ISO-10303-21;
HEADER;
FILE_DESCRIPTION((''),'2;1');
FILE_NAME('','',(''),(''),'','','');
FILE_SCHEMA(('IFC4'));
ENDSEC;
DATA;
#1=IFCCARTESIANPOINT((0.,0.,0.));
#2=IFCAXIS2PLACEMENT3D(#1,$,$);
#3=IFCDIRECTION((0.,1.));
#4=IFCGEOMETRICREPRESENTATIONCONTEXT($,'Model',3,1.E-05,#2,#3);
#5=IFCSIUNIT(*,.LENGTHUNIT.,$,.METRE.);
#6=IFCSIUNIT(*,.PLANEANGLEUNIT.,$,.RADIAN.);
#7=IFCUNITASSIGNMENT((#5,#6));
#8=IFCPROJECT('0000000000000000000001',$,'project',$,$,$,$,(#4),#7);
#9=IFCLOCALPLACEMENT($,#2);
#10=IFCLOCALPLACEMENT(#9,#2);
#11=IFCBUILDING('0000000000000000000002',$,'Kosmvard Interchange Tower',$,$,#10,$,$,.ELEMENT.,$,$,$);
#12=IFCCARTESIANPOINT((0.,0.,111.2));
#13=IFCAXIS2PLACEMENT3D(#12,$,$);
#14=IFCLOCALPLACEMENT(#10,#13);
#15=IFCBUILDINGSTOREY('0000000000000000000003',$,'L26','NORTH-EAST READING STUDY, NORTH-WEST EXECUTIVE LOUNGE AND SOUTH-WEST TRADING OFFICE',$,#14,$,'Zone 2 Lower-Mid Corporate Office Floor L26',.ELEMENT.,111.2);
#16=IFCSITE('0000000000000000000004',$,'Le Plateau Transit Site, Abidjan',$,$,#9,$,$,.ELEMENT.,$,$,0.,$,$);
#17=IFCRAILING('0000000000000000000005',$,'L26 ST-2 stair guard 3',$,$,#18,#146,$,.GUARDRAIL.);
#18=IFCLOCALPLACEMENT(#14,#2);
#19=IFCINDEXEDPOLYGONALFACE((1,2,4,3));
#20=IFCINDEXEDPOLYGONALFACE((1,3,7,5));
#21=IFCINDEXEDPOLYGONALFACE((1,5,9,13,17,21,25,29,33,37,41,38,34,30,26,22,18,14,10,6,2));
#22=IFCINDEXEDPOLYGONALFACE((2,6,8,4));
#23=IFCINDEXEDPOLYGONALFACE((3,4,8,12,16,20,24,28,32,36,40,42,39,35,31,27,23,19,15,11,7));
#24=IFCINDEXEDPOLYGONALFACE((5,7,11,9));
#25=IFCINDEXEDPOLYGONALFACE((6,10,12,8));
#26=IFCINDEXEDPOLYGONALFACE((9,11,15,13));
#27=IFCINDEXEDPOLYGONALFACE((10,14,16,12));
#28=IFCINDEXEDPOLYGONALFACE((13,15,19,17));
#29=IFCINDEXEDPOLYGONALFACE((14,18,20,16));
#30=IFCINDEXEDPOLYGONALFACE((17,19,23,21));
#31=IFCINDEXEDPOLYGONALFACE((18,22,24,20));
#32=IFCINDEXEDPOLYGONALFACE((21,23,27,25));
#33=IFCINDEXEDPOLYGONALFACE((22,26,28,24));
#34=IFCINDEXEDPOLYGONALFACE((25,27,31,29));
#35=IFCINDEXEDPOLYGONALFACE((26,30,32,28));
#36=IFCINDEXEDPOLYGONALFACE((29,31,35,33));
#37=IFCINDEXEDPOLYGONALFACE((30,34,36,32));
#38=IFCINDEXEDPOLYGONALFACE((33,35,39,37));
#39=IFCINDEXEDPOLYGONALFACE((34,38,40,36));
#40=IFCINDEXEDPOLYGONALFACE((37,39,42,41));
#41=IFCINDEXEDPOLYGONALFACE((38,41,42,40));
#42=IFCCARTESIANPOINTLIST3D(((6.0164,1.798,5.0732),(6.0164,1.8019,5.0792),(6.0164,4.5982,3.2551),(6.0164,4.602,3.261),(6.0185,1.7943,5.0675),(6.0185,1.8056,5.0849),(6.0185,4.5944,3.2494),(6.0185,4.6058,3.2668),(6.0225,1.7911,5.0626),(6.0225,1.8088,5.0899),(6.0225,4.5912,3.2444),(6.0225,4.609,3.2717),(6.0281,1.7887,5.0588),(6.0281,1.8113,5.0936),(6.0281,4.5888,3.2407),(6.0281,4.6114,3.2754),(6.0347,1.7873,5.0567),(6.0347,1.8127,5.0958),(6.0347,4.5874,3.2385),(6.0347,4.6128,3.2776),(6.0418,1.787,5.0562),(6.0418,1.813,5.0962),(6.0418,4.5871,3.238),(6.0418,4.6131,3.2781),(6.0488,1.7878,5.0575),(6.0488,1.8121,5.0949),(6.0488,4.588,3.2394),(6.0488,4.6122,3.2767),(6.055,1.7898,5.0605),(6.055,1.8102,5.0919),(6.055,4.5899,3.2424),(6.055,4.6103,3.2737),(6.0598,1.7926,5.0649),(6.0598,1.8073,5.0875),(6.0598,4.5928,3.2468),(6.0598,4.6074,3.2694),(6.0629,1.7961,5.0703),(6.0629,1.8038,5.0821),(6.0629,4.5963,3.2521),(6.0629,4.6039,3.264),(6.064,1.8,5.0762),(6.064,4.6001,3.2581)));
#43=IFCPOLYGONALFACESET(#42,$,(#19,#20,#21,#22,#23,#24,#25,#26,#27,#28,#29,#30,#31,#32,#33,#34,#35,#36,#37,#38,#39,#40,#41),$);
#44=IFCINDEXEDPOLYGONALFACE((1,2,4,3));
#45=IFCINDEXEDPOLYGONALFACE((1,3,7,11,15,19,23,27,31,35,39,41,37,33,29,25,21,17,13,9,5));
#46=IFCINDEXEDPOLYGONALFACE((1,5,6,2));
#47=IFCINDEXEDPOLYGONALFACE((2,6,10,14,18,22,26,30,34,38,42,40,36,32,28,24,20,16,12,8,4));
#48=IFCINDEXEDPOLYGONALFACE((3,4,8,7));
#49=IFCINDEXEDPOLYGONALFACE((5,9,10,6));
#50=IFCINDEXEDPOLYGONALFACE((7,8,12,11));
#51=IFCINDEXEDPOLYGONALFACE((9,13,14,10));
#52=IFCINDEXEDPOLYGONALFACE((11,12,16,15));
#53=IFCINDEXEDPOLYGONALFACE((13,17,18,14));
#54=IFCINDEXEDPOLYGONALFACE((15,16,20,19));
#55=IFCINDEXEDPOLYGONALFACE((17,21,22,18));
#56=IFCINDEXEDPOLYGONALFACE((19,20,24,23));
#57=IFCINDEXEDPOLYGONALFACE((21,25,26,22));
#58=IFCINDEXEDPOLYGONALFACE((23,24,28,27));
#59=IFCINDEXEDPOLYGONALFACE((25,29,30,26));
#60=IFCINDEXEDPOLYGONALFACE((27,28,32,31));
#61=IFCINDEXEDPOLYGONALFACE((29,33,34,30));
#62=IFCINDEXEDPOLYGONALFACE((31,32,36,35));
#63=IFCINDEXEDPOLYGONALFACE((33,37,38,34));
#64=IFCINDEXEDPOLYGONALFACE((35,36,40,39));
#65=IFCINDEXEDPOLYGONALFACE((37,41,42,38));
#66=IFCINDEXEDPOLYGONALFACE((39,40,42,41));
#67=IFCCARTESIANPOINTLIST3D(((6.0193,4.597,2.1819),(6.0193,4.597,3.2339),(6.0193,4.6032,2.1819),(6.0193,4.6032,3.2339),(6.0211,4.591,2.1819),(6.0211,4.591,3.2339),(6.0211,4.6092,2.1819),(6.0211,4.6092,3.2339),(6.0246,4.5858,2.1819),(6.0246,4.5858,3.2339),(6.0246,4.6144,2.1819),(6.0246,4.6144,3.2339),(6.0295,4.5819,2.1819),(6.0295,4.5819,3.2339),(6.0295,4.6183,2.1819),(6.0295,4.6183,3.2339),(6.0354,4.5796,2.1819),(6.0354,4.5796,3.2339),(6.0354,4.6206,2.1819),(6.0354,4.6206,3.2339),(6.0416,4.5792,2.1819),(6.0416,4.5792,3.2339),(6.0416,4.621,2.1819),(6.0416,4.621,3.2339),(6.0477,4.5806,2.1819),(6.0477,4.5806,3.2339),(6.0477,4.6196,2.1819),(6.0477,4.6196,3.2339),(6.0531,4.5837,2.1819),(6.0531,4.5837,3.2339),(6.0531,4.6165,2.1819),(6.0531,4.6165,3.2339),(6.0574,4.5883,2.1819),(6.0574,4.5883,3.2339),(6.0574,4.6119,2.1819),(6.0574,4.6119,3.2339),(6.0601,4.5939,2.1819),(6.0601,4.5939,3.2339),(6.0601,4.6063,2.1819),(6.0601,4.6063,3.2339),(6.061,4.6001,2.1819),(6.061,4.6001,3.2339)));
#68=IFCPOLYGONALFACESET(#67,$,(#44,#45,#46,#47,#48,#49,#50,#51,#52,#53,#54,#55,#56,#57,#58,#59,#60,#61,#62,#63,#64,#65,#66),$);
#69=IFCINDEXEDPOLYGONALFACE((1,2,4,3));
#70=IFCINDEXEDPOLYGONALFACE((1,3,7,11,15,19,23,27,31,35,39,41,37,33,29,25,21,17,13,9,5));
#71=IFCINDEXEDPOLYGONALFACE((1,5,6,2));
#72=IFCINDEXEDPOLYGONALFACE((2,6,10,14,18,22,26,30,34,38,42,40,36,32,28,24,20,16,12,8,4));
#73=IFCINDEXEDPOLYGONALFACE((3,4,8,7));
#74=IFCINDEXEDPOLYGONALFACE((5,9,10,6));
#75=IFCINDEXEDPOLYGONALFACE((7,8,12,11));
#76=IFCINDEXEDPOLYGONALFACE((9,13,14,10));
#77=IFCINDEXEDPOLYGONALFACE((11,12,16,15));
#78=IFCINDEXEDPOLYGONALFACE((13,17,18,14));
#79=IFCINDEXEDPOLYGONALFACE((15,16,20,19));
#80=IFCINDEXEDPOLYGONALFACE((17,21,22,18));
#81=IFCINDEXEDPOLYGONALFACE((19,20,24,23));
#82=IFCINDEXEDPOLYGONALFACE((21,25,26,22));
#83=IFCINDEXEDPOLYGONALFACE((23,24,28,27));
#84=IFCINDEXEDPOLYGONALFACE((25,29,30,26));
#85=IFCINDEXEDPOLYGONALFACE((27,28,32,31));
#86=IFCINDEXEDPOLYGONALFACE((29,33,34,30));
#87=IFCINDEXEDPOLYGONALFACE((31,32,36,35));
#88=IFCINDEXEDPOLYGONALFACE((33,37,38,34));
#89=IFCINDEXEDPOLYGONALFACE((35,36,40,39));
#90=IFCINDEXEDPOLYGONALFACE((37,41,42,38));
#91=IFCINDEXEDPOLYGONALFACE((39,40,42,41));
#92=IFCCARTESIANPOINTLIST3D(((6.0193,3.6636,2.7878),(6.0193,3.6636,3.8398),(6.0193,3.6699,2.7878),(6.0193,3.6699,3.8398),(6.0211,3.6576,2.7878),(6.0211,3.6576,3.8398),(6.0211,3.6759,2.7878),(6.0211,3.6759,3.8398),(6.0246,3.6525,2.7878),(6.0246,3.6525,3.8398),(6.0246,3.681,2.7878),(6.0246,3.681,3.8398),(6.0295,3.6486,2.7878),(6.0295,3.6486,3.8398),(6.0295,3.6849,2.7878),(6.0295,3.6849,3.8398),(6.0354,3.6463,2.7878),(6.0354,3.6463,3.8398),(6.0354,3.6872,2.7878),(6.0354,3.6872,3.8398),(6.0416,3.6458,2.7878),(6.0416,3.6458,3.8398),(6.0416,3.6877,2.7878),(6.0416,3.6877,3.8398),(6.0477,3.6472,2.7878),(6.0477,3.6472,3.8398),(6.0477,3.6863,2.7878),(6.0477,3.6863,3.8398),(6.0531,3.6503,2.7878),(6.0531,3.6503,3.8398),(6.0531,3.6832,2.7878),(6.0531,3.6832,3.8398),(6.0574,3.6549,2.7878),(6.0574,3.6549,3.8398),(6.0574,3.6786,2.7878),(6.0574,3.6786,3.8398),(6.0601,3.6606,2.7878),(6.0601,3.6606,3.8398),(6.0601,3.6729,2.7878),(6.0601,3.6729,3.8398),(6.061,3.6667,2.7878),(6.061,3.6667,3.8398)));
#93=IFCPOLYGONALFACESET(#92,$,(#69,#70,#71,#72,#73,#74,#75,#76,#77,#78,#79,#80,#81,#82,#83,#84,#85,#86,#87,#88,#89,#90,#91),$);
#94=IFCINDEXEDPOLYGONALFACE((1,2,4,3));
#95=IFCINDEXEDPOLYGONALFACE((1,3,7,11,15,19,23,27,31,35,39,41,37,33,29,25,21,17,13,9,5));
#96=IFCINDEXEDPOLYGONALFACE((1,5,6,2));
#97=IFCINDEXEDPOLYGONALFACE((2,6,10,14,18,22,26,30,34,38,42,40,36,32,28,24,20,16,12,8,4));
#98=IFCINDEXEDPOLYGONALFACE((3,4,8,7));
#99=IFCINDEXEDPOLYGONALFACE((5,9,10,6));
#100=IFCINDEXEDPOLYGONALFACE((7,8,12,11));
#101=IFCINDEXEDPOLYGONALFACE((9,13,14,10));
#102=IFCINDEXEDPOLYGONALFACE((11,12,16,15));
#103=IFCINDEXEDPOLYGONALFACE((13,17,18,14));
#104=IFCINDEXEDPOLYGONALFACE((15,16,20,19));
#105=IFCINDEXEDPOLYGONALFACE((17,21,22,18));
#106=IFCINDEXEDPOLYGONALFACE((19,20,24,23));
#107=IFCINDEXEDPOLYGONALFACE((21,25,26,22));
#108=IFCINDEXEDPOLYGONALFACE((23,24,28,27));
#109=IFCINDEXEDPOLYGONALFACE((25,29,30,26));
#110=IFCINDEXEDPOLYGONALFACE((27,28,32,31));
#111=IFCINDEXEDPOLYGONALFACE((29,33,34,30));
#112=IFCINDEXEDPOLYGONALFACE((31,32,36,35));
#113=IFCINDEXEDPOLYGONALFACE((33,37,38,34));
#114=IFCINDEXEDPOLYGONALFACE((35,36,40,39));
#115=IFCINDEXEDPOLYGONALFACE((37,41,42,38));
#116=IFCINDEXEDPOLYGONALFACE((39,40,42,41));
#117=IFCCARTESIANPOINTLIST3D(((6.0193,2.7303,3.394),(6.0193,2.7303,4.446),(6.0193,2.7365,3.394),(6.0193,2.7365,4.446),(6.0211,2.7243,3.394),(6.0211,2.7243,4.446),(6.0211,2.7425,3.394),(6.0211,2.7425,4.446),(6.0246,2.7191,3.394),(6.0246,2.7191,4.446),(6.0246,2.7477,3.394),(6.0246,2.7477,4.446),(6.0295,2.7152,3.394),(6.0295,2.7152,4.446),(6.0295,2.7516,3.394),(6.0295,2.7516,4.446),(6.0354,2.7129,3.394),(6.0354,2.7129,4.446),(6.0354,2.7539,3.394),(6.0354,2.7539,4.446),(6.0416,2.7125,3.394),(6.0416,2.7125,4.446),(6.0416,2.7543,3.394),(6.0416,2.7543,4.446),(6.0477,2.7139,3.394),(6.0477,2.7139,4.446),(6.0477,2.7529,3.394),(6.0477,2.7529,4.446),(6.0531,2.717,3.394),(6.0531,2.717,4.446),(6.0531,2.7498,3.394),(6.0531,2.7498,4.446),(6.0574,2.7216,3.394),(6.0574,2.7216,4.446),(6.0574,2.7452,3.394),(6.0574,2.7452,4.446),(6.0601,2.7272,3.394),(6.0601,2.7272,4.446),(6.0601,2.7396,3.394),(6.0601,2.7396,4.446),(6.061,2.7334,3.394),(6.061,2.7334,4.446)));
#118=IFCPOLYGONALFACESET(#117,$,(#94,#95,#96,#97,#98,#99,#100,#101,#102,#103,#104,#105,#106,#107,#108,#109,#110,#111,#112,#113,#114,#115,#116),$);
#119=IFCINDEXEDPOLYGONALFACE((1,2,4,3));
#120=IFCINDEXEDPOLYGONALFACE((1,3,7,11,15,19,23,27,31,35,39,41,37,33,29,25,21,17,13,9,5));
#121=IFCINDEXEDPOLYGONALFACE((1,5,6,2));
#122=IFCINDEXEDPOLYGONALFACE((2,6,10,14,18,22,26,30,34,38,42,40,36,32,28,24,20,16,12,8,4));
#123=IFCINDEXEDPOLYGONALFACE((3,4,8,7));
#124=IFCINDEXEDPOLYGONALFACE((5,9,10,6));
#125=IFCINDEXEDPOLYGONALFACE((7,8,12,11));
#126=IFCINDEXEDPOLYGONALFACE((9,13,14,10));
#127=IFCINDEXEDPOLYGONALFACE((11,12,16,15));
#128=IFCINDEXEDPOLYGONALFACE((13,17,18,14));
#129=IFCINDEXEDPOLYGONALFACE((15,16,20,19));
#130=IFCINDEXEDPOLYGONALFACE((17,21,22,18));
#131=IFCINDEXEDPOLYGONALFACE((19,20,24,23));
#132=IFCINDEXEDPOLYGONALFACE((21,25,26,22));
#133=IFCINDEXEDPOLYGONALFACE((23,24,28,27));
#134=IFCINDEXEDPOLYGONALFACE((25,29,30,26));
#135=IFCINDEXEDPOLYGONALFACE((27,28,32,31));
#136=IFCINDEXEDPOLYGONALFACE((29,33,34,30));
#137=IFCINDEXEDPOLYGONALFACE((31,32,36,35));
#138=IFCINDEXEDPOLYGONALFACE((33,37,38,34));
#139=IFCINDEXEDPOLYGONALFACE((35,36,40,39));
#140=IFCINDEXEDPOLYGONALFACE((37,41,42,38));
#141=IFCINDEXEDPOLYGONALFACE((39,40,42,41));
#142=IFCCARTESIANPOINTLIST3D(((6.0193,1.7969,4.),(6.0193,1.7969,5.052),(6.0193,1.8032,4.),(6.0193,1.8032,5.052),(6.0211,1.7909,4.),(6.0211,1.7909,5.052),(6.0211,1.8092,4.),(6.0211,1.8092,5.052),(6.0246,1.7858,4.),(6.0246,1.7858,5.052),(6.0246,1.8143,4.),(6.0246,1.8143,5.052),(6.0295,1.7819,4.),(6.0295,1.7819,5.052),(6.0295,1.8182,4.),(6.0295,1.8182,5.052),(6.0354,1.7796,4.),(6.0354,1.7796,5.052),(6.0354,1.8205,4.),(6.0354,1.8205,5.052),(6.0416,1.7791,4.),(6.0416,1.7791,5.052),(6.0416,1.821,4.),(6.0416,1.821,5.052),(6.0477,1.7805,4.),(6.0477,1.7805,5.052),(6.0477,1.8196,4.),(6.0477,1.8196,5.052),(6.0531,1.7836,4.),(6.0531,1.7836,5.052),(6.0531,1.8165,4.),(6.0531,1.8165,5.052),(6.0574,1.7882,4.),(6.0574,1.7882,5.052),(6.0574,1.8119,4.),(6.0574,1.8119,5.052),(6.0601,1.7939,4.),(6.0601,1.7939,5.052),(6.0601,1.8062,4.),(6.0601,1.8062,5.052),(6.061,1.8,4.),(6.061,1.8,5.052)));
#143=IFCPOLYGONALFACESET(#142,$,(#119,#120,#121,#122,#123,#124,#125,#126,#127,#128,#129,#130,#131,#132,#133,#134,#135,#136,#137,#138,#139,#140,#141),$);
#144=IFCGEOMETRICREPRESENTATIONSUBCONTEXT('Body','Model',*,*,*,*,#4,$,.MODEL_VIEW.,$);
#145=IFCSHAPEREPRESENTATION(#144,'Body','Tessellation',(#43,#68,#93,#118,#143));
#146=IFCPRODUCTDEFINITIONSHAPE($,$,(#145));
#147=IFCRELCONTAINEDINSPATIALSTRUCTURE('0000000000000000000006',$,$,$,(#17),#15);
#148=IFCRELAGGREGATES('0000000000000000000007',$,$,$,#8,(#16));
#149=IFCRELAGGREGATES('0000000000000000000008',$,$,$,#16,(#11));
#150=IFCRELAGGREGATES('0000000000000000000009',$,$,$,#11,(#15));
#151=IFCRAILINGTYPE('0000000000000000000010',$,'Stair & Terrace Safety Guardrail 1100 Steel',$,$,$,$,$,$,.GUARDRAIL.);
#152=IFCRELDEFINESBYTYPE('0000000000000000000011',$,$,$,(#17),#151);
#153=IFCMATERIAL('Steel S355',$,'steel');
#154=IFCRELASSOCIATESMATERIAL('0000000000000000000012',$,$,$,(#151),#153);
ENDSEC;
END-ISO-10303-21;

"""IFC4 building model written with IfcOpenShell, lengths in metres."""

from ifc_helpers import new_model, si_unit, direction, frame, origin, origin_2d, place, context, subcontext, project, spatial, circle, extrude, source, transform, mapped, material, type_object, element, save


model = new_model("IFC4")

# Units and contexts
model_context = context("Model", 3, precision=1e-05, world=origin(), true_north=direction((0.0, 1.0)))
body_context = subcontext(model_context, "Body", "Model", "MODEL_VIEW")
ifc_project = project(units=[si_unit("LENGTHUNIT", "METRE"), si_unit("PLANEANGLEUNIT", "RADIAN")], contexts=[model_context])

# Site, building, storey
site_placement = place(None, origin())
site = spatial("IfcSite", under=ifc_project, at=site_placement, Name="Le Plateau Transit Site, Abidjan", CompositionType="ELEMENT", RefElevation=0.0)
building_placement = place(site_placement, origin())
building = spatial("IfcBuilding", under=site, at=building_placement, Name="Kosmvard Interchange Tower", CompositionType="ELEMENT")
storey_placement = place(building_placement, frame((0.0, 0.0, 111.2)))
storey = spatial("IfcBuildingStorey", under=building, at=storey_placement, Name="L26", Description="NORTH-EAST READING STUDY, NORTH-WEST EXECUTIVE LOUNGE AND SOUTH-WEST TRADING OFFICE", LongName="Zone 2 Lower-Mid Corporate Office Floor L26", CompositionType="ELEMENT", Elevation=111.2)

# Shared definitions
ifc_material_1 = material(Name="Steel S355", Category="steel")

# Railing
railing_type_1 = type_object("IfcRailingType", Name="Stair & Terrace Safety Guardrail 1100 Steel", PredefinedType="GUARDRAIL", material=ifc_material_1)
shared_shape_1 = source(origin(), body_context, "Body", "SweptSolid", [
    extrude(circle(Radius=0.0239, at=origin_2d()), frame((0.0, 0.0, 1.0762), z_axis=(0.0, -0.838706, 0.544585), x_axis=(1.0, 0.0, 0.0)), (0.0, 0.0, 1.0), 3.3386),
    extrude(circle(Radius=0.021, at=origin_2d()), origin(), (0.0, 0.0, 1.0), 1.052),
    extrude(circle(Radius=0.021, at=origin_2d()), frame((0.0, -0.9333, 0.606)), (0.0, 0.0, 1.0), 1.052),
    extrude(circle(Radius=0.021, at=origin_2d()), frame((0.0, -1.8667, 1.2122)), (0.0, 0.0, 1.0), 1.052),
    extrude(circle(Radius=0.021, at=origin_2d()), frame((0.0, -2.8, 1.8181)), (0.0, 0.0, 1.0), 1.052),
])
railing_1_placement = place(storey_placement, frame((6.04, 4.6001, 2.1819)))
element("IfcRailing", 1, at=railing_1_placement, inside=storey, type_object=railing_type_1, Name="L26 ST-2 stair guard 3", PredefinedType="GUARDRAIL", context=body_context, shape_type="MappedRepresentation", body=[
    mapped(shared_shape_1, transform((0.0, 0.0, 0.0), scale=1.0)),
])

save(model, "model.ifc")
